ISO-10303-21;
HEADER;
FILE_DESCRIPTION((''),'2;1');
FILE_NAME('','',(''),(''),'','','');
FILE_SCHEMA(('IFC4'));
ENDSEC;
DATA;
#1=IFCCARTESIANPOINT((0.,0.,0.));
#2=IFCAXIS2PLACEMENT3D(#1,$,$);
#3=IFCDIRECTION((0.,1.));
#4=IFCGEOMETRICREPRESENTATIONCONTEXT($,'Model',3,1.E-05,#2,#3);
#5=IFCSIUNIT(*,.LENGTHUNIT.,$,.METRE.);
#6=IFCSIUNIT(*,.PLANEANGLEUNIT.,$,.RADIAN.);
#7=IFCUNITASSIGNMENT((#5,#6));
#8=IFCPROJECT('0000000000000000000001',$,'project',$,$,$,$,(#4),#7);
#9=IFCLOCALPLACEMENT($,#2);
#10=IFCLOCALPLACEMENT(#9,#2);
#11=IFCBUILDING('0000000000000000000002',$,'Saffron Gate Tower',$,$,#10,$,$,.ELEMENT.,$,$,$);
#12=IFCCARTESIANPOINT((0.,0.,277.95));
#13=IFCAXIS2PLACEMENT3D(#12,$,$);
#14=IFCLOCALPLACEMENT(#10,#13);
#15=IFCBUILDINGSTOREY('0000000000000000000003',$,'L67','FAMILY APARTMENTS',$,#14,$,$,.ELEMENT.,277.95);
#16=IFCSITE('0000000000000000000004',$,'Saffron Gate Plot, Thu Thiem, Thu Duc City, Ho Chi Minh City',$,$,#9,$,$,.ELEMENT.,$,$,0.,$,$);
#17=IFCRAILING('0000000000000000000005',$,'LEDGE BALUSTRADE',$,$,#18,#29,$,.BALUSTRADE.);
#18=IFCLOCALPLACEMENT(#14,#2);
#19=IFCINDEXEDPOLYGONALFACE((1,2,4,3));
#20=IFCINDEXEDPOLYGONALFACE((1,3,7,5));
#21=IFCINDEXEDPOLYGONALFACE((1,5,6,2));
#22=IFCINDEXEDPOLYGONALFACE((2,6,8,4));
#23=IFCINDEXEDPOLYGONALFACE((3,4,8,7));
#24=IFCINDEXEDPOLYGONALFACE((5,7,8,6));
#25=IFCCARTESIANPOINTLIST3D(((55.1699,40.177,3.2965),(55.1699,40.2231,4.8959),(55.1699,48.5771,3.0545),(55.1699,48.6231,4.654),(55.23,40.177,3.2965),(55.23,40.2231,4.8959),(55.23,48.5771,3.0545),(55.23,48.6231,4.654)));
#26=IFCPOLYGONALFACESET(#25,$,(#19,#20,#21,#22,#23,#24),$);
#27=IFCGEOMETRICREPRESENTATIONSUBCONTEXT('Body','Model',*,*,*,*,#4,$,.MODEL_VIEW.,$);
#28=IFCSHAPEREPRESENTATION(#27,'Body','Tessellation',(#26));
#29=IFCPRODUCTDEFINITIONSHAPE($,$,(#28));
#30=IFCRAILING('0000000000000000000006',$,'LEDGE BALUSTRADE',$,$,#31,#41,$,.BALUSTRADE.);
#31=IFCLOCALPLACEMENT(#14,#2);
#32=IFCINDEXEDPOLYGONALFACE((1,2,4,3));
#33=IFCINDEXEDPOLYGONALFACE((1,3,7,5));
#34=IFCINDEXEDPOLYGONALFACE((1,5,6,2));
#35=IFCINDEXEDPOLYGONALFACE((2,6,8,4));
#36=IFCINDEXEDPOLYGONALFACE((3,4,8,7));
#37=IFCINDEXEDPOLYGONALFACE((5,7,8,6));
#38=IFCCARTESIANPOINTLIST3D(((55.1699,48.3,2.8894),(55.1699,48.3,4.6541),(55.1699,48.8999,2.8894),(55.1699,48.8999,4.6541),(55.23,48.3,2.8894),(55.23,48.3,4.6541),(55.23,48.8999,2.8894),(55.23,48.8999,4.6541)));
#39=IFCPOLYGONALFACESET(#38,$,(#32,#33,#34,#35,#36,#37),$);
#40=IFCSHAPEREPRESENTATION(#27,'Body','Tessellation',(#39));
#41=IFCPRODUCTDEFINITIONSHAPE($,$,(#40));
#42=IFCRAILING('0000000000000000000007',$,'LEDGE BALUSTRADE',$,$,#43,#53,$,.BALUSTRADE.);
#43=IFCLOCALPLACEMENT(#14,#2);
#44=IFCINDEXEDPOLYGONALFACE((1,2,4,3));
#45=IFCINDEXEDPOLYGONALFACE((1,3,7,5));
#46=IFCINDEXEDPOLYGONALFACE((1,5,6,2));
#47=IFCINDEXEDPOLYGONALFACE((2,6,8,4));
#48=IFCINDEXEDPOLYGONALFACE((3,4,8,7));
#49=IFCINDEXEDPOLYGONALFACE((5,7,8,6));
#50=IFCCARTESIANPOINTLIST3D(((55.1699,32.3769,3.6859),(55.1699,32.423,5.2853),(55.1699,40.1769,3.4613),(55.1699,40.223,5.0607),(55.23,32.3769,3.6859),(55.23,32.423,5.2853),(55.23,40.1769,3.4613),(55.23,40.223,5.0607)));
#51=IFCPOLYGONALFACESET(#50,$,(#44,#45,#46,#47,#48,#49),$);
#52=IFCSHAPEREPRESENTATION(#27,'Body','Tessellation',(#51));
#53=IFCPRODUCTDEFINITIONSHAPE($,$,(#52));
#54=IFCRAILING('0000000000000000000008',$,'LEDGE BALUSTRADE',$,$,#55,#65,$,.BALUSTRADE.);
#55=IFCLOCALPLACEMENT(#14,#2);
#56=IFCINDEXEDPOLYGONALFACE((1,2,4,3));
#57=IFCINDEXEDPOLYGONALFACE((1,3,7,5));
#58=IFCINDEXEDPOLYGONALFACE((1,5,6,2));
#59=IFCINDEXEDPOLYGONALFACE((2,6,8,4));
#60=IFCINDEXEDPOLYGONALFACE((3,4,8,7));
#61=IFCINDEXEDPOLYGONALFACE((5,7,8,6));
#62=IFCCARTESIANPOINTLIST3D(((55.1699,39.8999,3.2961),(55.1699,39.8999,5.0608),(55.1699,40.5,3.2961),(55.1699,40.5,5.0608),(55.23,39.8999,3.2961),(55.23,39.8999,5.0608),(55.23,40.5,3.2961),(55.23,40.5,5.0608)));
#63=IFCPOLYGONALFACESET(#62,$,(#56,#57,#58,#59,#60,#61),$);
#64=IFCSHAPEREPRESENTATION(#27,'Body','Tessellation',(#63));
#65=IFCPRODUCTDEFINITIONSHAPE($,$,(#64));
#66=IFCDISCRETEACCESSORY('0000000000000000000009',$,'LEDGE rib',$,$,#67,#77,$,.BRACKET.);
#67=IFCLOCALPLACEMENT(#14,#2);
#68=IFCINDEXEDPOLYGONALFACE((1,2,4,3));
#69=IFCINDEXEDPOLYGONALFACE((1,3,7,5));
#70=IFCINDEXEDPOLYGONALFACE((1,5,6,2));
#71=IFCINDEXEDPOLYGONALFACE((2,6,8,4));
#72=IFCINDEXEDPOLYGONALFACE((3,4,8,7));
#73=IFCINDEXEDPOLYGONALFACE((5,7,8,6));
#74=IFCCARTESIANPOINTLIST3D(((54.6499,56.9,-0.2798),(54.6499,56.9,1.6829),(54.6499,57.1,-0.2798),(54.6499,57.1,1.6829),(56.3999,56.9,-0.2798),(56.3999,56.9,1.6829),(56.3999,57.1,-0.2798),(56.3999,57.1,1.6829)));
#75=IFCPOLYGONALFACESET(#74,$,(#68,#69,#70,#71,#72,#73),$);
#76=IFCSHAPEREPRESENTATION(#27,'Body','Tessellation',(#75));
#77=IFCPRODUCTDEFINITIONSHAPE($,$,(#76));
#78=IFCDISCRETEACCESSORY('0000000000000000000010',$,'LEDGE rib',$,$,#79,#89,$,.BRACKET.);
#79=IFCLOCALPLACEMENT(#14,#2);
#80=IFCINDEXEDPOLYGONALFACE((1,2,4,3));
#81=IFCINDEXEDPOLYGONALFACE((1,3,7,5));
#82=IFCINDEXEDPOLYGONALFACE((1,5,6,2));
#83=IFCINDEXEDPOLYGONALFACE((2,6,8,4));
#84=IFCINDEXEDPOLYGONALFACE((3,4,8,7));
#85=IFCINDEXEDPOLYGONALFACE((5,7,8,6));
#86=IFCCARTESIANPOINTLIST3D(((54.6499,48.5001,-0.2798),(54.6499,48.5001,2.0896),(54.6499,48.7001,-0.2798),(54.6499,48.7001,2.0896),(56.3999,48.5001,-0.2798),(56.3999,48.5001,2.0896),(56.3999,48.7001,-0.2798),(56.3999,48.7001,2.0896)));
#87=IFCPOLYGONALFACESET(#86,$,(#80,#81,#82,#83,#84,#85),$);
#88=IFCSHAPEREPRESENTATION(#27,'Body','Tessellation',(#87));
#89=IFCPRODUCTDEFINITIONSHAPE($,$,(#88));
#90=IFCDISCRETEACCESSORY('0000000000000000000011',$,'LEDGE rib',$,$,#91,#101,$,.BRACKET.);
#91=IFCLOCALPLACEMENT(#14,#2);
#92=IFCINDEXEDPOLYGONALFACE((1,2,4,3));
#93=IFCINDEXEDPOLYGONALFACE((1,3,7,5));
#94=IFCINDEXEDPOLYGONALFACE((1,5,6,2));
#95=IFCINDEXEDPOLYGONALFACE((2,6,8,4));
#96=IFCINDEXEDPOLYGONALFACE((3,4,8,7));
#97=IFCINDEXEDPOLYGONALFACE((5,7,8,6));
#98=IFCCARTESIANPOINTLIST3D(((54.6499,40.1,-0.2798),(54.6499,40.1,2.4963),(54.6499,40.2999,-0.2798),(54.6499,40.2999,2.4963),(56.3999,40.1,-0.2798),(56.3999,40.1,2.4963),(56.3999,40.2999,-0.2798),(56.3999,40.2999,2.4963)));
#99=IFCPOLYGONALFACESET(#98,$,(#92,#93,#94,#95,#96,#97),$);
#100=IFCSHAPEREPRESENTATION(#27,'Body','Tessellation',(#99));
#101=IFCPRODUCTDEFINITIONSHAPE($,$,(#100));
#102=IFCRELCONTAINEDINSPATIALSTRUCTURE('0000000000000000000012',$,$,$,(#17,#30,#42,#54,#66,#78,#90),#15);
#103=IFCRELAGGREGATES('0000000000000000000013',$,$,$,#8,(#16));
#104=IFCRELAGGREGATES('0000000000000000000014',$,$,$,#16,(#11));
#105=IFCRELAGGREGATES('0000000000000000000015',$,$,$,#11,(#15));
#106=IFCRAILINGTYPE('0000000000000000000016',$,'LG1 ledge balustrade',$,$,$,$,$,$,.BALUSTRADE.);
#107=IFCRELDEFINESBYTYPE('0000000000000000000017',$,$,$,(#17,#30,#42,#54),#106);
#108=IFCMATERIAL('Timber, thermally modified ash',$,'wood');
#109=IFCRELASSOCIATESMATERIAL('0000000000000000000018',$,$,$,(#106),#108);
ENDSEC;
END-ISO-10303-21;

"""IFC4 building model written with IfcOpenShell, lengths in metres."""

from ifc_helpers import new_model, si_unit, direction, frame, origin, origin_2d, place, context, subcontext, project, spatial, rectangle, extrude, material, type_object, element, save


model = new_model("IFC4")

# Units and contexts
model_context = context("Model", 3, precision=1e-05, world=origin(), true_north=direction((0.0, 1.0)))
body_context = subcontext(model_context, "Body", "Model", "MODEL_VIEW")
ifc_project = project(units=[si_unit("LENGTHUNIT", "METRE"), si_unit("PLANEANGLEUNIT", "RADIAN")], contexts=[model_context])

# Site, building, storey
site_placement = place(None, origin())
site = spatial("IfcSite", under=ifc_project, at=site_placement, Name="Saffron Gate Plot, Thu Thiem, Thu Duc City, Ho Chi Minh City", CompositionType="ELEMENT", RefElevation=0.0)
building_placement = place(site_placement, origin())
building = spatial("IfcBuilding", under=site, at=building_placement, Name="Saffron Gate Tower", CompositionType="ELEMENT")
storey_placement = place(building_placement, frame((0.0, 0.0, 277.95)))
storey = spatial("IfcBuildingStorey", under=building, at=storey_placement, Name="L67", Description="FAMILY APARTMENTS", CompositionType="ELEMENT", Elevation=277.95)

# Shared definitions
ifc_material_1 = material(Name="Timber, thermally modified ash", Category="wood")

# Railings
railing_type = type_object("IfcRailingType", Name="LG1 ledge balustrade", PredefinedType="BALUSTRADE", material=ifc_material_1)
railing_1_placement = place(storey_placement, frame((55.2, 48.6001, 3.0542)))
element("IfcRailing", 1, at=railing_1_placement, inside=storey, type_object=railing_type, Name="LEDGE BALUSTRADE", PredefinedType="BALUSTRADE", context=body_context, shape_type="SweptSolid", body=[
    extrude(rectangle(XDim=0.0601, YDim=1.6001, at=origin_2d()), frame((0.0, 0.0, 0.8), z_axis=(0.0, -0.999585, 0.02879), x_axis=(1.0, 0.0, 0.0)), (0.0, 0.0, 1.0), 8.4036),
])
railing_2_placement = place(storey_placement, frame((55.2, 48.8999, 2.8894)))
element("IfcRailing", 2, at=railing_2_placement, inside=storey, type_object=railing_type, Name="LEDGE BALUSTRADE", PredefinedType="BALUSTRADE", context=body_context, shape_type="SweptSolid", body=[
    extrude(rectangle(XDim=0.0601, YDim=1.7646, at=origin_2d()), frame((0.0, 0.0, 0.8823), z_axis=(0.0, -1.0, 0.0), x_axis=(1.0, 0.0, 0.0)), (0.0, 0.0, 1.0), 0.5999),
])
railing_3_placement = place(storey_placement, frame((55.2, 40.2, 3.4609)))
element("IfcRailing", 3, at=railing_3_placement, inside=storey, type_object=railing_type, Name="LEDGE BALUSTRADE", PredefinedType="BALUSTRADE", context=body_context, shape_type="SweptSolid", body=[
    extrude(rectangle(XDim=0.0601, YDim=1.6001, at=origin_2d()), frame((0.0, 0.0, 0.8), z_axis=(0.0, -0.999586, 0.028784), x_axis=(1.0, 0.0, 0.0)), (0.0, 0.0, 1.0), 7.8032),
])
railing_4_placement = place(storey_placement, frame((55.2, 40.5, 3.2961)))
element("IfcRailing", 4, at=railing_4_placement, inside=storey, type_object=railing_type, Name="LEDGE BALUSTRADE", PredefinedType="BALUSTRADE", context=body_context, shape_type="SweptSolid", body=[
    extrude(rectangle(XDim=0.0601, YDim=1.7646, at=origin_2d()), frame((0.0, 0.0, 0.8823), z_axis=(0.0, -1.0, 0.0), x_axis=(1.0, 0.0, 0.0)), (0.0, 0.0, 1.0), 0.6001),
])

# Discrete accessories
discrete_accessory_1_placement = place(storey_placement, frame((55.5249, 57.0, -0.2798), z_axis=(0.0, 0.0, 1.0), x_axis=(0.0, -1.0, 0.0)))
element("IfcDiscreteAccessory", 5, at=discrete_accessory_1_placement, inside=storey, Name="LEDGE rib", PredefinedType="BRACKET", context=body_context, shape_type="SweptSolid", body=[
    extrude(rectangle(XDim=0.2, YDim=1.75, at=origin_2d()), origin(), (0.0, 0.0, 1.0), 1.9626),
])
discrete_accessory_2_placement = place(storey_placement, frame((55.5249, 48.6001, -0.2798), z_axis=(0.0, 0.0, 1.0), x_axis=(0.0, -1.0, 0.0)))
element("IfcDiscreteAccessory", 6, at=discrete_accessory_2_placement, inside=storey, Name="LEDGE rib", PredefinedType="BRACKET", context=body_context, shape_type="SweptSolid", body=[
    extrude(rectangle(XDim=0.2, YDim=1.75, at=origin_2d()), origin(), (0.0, 0.0, 1.0), 2.3694),
])
discrete_accessory_3_placement = place(storey_placement, frame((55.5249, 40.2, -0.2798), z_axis=(0.0, 0.0, 1.0), x_axis=(0.0, -1.0, 0.0)))
element("IfcDiscreteAccessory", 7, at=discrete_accessory_3_placement, inside=storey, Name="LEDGE rib", PredefinedType="BRACKET", context=body_context, shape_type="SweptSolid", body=[
    extrude(rectangle(XDim=0.2, YDim=1.75, at=origin_2d()), origin(), (0.0, 0.0, 1.0), 2.7761),
])

save(model, "model.ifc")
